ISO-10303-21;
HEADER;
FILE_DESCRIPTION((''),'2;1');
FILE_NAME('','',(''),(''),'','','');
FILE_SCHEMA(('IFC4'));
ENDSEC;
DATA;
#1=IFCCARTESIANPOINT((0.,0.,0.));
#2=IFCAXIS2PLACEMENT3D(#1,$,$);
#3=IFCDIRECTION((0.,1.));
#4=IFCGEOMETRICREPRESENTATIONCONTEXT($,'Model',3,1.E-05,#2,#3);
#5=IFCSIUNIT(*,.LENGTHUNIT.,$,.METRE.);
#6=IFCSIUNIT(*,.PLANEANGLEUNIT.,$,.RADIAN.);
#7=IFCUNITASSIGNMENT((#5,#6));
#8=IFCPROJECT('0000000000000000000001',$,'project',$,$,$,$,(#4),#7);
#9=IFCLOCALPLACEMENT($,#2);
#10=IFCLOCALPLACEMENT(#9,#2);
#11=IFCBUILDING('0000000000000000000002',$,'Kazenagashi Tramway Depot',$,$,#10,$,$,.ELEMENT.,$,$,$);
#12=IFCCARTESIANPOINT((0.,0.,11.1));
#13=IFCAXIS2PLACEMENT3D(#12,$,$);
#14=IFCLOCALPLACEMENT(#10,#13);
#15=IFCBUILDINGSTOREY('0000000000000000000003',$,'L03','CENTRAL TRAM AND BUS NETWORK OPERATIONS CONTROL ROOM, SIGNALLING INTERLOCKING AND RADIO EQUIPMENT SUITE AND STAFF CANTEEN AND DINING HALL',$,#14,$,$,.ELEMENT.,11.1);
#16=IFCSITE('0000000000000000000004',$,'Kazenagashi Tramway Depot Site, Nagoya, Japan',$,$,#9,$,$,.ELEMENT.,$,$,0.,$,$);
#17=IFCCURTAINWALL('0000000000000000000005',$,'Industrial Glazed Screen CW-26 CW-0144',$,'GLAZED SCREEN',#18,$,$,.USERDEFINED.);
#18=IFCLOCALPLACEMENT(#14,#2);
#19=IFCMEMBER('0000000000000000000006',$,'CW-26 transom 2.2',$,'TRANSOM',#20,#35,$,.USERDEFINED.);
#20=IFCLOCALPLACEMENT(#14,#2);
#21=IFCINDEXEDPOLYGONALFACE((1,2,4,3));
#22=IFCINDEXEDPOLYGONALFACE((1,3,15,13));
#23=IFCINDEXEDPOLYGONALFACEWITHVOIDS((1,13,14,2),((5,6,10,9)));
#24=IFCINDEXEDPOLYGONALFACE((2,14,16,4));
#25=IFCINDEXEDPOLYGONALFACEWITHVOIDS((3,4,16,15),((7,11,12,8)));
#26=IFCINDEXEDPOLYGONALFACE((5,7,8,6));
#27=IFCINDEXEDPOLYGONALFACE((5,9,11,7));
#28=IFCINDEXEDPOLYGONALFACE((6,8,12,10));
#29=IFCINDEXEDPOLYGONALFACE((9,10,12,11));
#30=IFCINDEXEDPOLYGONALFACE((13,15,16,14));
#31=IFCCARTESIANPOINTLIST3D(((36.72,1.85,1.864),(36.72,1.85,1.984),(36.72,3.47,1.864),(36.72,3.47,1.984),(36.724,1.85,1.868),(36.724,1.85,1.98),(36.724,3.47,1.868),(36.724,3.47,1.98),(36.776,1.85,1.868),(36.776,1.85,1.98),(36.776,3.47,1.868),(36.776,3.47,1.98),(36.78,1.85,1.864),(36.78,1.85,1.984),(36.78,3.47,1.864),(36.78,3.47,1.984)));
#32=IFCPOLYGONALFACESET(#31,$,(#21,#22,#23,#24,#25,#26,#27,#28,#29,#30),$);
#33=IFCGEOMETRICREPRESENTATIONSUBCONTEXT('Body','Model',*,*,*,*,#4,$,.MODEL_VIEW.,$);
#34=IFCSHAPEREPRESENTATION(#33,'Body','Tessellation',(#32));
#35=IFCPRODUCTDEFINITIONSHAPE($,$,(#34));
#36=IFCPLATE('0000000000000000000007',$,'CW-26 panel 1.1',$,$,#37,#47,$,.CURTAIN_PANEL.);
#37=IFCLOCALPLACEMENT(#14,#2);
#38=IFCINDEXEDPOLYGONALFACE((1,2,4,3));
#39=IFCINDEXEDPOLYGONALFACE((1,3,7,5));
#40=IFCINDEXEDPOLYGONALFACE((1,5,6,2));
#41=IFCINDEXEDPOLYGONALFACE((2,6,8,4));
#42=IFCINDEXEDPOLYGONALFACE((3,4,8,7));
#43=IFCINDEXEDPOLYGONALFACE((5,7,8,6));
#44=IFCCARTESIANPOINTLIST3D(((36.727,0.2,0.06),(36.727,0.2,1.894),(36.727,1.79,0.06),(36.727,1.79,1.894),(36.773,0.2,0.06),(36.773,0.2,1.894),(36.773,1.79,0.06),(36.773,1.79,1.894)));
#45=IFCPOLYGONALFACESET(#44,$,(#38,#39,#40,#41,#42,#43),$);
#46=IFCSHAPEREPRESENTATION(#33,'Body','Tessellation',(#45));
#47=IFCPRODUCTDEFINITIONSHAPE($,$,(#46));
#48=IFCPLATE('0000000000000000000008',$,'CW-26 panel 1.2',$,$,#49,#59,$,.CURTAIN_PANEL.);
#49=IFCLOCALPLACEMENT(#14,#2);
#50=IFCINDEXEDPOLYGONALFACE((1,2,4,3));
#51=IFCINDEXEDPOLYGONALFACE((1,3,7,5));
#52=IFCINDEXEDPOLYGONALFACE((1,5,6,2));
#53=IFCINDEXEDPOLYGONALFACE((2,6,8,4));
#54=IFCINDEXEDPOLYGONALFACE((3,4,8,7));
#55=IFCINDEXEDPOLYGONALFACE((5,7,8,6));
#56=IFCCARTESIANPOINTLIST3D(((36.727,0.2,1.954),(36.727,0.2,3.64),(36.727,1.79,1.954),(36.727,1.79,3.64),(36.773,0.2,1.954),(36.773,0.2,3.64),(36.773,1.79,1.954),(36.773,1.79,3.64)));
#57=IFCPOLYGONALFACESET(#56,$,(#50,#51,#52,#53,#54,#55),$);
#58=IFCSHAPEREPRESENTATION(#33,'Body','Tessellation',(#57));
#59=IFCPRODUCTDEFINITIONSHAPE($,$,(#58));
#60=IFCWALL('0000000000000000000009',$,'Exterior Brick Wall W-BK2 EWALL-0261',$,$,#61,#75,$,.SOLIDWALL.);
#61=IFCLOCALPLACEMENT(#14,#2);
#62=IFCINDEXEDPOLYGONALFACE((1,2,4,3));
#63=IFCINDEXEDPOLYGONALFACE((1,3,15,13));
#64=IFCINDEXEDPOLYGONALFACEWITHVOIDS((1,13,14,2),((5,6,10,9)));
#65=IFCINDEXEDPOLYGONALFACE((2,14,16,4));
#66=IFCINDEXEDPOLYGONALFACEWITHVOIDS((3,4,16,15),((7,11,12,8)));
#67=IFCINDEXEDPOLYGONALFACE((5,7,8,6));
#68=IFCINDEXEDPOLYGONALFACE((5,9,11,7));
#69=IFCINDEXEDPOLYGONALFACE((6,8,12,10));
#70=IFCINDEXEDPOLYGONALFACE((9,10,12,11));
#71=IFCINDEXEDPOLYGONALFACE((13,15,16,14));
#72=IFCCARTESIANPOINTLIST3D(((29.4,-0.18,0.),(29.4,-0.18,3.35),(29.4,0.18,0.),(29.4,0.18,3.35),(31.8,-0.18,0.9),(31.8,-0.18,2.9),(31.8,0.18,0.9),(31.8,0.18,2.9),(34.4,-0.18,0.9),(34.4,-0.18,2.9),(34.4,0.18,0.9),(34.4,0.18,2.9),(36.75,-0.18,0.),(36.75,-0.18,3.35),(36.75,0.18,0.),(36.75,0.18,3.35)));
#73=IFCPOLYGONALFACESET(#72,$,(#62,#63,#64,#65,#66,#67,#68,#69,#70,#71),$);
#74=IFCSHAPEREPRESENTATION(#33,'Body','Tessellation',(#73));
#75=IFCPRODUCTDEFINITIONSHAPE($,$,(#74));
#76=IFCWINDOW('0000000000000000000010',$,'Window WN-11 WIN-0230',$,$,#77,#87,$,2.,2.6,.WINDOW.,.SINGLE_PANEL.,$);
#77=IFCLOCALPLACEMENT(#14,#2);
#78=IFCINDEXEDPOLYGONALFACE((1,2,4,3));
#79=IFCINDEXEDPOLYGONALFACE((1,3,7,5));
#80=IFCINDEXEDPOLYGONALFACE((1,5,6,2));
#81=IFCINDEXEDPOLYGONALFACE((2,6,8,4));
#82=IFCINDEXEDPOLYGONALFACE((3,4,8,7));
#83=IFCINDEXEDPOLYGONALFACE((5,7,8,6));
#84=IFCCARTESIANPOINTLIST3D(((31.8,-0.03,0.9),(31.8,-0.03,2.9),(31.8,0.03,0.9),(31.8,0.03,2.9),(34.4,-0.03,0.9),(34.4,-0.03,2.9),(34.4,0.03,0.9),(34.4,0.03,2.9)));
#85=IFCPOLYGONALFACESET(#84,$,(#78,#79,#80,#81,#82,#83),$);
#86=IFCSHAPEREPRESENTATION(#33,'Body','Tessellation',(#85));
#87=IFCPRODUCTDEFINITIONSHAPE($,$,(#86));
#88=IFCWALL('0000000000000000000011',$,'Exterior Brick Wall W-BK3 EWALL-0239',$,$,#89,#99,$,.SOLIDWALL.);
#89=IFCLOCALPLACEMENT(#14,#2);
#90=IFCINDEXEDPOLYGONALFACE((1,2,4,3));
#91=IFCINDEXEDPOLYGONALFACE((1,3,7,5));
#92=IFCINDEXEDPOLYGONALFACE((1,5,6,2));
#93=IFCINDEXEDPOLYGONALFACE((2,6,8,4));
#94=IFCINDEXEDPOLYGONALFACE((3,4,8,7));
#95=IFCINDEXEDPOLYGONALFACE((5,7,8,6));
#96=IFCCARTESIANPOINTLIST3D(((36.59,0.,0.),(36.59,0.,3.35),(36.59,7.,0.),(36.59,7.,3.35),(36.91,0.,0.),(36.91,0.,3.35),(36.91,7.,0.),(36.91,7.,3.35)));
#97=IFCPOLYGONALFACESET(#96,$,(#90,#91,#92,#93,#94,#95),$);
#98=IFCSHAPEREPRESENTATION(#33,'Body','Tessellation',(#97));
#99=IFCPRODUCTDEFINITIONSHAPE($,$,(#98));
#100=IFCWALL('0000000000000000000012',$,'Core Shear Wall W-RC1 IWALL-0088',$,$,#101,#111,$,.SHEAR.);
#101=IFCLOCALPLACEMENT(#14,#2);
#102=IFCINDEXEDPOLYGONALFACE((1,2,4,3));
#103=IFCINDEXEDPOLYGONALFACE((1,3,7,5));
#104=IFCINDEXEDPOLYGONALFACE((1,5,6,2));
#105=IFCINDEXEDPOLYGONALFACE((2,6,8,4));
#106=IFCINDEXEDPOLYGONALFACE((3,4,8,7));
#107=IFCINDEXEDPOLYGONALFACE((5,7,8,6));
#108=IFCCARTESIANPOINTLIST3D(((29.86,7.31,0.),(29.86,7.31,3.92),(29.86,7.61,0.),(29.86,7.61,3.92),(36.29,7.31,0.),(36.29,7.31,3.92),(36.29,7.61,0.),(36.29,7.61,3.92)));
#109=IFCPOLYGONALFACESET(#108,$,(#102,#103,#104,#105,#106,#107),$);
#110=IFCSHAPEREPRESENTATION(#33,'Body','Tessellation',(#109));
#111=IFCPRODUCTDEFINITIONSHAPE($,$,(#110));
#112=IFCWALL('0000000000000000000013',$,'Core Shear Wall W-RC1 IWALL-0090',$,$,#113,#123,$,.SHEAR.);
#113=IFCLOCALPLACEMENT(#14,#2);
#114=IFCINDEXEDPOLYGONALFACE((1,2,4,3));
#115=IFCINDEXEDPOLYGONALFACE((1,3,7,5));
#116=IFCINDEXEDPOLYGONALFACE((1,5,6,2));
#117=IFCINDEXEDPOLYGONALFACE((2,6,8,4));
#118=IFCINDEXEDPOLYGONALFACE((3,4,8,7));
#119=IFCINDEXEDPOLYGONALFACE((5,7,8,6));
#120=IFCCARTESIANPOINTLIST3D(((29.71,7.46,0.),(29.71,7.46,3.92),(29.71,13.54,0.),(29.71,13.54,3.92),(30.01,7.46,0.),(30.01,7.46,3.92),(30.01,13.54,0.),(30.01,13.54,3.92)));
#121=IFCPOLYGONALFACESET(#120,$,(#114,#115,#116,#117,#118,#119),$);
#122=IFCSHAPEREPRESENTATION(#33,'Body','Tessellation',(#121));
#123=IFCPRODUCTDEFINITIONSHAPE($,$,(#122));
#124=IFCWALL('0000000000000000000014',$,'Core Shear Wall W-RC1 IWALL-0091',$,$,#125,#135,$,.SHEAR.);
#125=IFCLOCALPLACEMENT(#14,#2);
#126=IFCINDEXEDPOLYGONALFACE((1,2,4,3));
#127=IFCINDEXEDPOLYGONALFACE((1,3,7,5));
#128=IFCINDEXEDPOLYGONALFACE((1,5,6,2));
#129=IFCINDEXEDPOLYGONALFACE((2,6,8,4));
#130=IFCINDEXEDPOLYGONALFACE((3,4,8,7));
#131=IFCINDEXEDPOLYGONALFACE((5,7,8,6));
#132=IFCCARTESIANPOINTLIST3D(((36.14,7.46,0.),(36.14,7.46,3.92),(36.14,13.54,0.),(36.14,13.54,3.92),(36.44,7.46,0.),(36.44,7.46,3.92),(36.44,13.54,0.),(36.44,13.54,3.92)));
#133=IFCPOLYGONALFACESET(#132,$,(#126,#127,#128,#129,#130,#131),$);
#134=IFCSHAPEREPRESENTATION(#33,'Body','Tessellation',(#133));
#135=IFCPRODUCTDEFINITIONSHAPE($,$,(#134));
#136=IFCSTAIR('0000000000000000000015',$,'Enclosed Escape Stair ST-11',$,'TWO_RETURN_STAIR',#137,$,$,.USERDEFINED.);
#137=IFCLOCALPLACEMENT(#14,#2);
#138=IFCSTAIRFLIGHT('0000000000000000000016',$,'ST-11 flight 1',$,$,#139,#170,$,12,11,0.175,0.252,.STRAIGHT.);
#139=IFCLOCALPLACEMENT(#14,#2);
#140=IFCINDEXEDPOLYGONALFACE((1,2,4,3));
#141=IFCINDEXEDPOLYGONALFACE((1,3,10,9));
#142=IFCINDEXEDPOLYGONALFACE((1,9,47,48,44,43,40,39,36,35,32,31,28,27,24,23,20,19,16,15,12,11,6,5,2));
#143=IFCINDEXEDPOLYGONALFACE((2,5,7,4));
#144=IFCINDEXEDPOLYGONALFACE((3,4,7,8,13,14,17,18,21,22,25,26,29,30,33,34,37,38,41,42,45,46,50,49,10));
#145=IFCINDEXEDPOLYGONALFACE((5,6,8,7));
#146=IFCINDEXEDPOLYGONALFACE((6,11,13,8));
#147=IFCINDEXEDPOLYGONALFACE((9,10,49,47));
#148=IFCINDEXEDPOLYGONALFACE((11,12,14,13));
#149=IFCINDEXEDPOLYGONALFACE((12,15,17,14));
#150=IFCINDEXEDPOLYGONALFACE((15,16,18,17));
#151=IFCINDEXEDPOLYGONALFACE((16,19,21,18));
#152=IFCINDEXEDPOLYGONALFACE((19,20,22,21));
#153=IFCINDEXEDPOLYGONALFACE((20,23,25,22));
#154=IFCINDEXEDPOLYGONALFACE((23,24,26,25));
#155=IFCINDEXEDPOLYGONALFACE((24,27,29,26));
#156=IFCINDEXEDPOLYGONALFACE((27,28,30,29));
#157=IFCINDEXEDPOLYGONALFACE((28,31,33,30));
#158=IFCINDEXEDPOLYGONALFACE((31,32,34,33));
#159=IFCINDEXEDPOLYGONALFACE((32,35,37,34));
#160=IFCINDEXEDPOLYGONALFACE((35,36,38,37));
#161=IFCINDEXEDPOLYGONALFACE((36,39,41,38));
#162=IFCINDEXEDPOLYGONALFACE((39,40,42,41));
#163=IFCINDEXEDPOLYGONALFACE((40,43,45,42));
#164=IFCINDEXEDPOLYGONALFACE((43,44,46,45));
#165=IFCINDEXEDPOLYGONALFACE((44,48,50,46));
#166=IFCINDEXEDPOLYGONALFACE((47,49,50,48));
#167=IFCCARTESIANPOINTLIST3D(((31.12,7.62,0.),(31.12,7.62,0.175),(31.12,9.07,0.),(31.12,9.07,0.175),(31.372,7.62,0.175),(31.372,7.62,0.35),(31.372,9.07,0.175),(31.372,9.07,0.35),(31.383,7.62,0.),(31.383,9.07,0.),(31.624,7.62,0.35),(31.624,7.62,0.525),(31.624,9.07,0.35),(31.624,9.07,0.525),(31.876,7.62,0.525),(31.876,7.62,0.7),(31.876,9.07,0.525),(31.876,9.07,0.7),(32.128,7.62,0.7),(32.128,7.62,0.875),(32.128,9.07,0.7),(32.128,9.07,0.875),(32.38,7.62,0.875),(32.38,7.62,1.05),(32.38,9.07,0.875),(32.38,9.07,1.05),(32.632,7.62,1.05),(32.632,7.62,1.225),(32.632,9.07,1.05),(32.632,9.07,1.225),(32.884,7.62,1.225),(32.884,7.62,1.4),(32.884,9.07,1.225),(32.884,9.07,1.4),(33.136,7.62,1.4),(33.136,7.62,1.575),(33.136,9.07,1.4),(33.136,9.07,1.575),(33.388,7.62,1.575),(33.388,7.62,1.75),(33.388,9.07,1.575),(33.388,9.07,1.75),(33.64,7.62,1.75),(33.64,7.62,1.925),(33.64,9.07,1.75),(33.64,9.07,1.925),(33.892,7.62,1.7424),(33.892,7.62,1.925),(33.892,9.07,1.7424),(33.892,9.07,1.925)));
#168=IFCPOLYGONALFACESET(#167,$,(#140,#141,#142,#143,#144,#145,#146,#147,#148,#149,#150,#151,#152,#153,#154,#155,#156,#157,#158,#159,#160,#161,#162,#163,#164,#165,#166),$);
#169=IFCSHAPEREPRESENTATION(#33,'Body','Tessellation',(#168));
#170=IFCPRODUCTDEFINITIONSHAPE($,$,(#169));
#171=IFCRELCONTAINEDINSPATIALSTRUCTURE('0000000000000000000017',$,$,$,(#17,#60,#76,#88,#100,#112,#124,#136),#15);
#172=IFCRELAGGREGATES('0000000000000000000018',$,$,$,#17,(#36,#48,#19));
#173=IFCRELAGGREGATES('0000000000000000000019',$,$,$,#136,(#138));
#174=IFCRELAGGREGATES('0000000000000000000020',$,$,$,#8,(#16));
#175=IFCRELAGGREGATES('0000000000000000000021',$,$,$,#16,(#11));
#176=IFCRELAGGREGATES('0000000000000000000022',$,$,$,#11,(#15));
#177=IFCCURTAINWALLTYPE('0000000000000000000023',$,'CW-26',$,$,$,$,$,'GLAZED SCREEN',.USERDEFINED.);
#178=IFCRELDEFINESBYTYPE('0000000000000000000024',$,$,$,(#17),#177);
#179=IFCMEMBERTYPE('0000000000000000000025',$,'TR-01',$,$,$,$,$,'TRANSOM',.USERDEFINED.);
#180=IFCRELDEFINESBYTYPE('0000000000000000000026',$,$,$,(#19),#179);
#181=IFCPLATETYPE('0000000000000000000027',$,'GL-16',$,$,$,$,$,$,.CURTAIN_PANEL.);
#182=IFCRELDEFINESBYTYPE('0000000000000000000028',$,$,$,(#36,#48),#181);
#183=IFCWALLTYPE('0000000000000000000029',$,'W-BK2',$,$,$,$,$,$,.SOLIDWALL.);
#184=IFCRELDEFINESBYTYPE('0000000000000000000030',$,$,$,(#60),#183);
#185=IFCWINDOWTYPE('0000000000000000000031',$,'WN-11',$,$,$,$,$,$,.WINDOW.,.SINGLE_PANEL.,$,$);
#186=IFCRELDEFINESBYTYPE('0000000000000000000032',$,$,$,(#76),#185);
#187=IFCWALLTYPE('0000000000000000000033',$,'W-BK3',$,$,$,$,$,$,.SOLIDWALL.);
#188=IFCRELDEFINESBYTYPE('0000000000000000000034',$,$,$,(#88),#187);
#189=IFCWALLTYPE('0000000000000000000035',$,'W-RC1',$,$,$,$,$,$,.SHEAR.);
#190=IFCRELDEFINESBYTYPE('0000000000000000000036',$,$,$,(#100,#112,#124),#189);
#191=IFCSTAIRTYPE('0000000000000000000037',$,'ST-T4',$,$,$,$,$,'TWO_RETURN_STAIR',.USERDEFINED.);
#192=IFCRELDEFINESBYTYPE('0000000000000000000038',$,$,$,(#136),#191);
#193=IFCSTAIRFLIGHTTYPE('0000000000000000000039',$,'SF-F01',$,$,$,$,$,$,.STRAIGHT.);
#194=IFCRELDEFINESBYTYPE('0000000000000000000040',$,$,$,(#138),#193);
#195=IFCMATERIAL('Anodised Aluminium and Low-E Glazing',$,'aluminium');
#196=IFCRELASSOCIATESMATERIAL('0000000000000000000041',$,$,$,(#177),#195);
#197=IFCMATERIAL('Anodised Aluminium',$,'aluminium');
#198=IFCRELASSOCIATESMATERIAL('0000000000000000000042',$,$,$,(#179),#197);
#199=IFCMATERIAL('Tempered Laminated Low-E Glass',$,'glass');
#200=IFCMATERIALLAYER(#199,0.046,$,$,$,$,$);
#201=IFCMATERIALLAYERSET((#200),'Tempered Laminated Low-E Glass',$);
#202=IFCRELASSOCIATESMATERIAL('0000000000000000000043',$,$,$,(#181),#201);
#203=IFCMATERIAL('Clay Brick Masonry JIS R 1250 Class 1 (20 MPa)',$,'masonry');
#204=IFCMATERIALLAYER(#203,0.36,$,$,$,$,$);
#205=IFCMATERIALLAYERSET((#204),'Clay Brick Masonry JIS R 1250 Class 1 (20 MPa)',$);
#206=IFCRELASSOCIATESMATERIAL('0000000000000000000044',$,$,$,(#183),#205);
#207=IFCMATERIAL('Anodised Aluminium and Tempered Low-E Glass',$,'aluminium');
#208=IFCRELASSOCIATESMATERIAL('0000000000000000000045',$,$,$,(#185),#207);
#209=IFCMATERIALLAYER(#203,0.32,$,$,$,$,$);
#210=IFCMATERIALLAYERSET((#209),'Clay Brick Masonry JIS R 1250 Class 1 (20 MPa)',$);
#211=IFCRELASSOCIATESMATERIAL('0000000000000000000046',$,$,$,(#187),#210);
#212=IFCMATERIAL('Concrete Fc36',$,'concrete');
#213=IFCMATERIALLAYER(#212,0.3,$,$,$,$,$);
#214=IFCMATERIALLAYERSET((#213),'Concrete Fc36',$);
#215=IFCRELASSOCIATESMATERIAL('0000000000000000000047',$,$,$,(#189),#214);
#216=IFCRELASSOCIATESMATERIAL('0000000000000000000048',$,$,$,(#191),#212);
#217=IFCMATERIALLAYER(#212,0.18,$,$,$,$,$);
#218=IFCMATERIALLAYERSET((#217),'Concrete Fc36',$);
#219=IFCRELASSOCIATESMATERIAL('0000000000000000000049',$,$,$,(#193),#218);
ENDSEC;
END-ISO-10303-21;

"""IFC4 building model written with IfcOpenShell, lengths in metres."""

from ifc_helpers import new_model, si_unit, direction, frame, frame_2d, origin, origin_2d, place, context, subcontext, project, spatial, polyline, rectangle, hollow_rectangle, outline, extrude, material, layer, layer_set, material_profile, profile_set, type_object, element, fill, aggregate, save


model = new_model("IFC4")

# Units and contexts
model_context = context("Model", 3, precision=1e-05, world=origin(), true_north=direction((0.0, 1.0)))
body_context = subcontext(model_context, "Body", "Model", "MODEL_VIEW")
ifc_project = project(units=[si_unit("LENGTHUNIT", "METRE"), si_unit("PLANEANGLEUNIT", "RADIAN")], contexts=[model_context])

# Site, building, storey
site_placement = place(None, origin())
site = spatial("IfcSite", under=ifc_project, at=site_placement, Name="Kazenagashi Tramway Depot Site, Nagoya, Japan", CompositionType="ELEMENT", RefElevation=0.0)
building_placement = place(site_placement, origin())
building = spatial("IfcBuilding", under=site, at=building_placement, Name="Kazenagashi Tramway Depot", CompositionType="ELEMENT")
storey_placement = place(building_placement, frame((0.0, 0.0, 11.1)))
storey = spatial("IfcBuildingStorey", under=building, at=storey_placement, Name="L03", Description="CENTRAL TRAM AND BUS NETWORK OPERATIONS CONTROL ROOM, SIGNALLING INTERLOCKING AND RADIO EQUIPMENT SUITE AND STAFF CANTEEN AND DINING HALL", CompositionType="ELEMENT", Elevation=11.1)

# Curtain wall
ifc_material_1 = material(Name="Anodised Aluminium and Low-E Glazing", Category="aluminium")
curtain_wall_type = type_object("IfcCurtainWallType", Name="CW-26", ElementType="GLAZED SCREEN", PredefinedType="USERDEFINED", material=ifc_material_1)
curtain_wall_placement = place(storey_placement, origin())
curtain_wall = element("IfcCurtainWall", 1, at=curtain_wall_placement, inside=storey, type_object=curtain_wall_type, Name="Industrial Glazed Screen CW-26 CW-0144", ObjectType="GLAZED SCREEN", PredefinedType="USERDEFINED")
ifc_material_2 = material(Name="Anodised Aluminium", Category="aluminium")

# Member
ifc_material_profile_1 = material_profile(ifc_material_2, hollow_rectangle(XDim=0.06, YDim=0.12, WallThickness=0.004, at=origin_2d()), Name="RHS-120x60x4")
ifc_profile_set_1 = profile_set([ifc_material_profile_1], Name="Anodised Aluminium")
member_type_1 = type_object("IfcMemberType", Name="TR-01", ElementType="TRANSOM", PredefinedType="USERDEFINED", material=ifc_profile_set_1)
member_1_placement = place(storey_placement, frame((36.75, 1.85, 1.924), z_axis=(0.0, 1.0, 0.0), x_axis=(-1.0, 0.0, 0.0)))
member_1 = element("IfcMember", 2, at=member_1_placement, type_object=member_type_1, Name="CW-26 transom 2.2", ObjectType="TRANSOM", PredefinedType="USERDEFINED", context=body_context, shape_type="SweptSolid", body=[
    extrude(hollow_rectangle(XDim=0.06, YDim=0.12, WallThickness=0.004, at=origin_2d()), origin(), (0.0, 0.0, 1.0), 1.62),
])

# Plates
ifc_material_3 = material(Name="Tempered Laminated Low-E Glass", Category="glass")
ifc_layer_1 = layer(ifc_material_3, 0.046)
ifc_layer_set_1 = layer_set([ifc_layer_1], Name="Tempered Laminated Low-E Glass")
plate_type = type_object("IfcPlateType", Name="GL-16", PredefinedType="CURTAIN_PANEL", material=ifc_layer_set_1)
plate_1_placement = place(storey_placement, frame((36.75, 0.995, 0.06), z_axis=(0.0, 0.0, 1.0), x_axis=(0.0, 1.0, 0.0)))
plate_1 = element("IfcPlate", 3, at=plate_1_placement, type_object=plate_type, Name="CW-26 panel 1.1", PredefinedType="CURTAIN_PANEL", context=body_context, shape_type="SweptSolid", body=[
    extrude(rectangle(XDim=1.59, YDim=0.046, at=origin_2d()), origin(), (0.0, 0.0, 1.0), 1.834),
])
plate_2_placement = place(storey_placement, frame((36.75, 0.995, 1.954), z_axis=(0.0, 0.0, 1.0), x_axis=(0.0, 1.0, 0.0)))
plate_2 = element("IfcPlate", 4, at=plate_2_placement, type_object=plate_type, Name="CW-26 panel 1.2", PredefinedType="CURTAIN_PANEL", context=body_context, shape_type="SweptSolid", body=[
    extrude(rectangle(XDim=1.59, YDim=0.046, at=origin_2d()), origin(), (0.0, 0.0, 1.0), 1.686),
])
aggregate(curtain_wall, [plate_1, plate_2, member_1])

# Wall, opening, window
ifc_material_4 = material(Name="Clay Brick Masonry JIS R 1250 Class 1 (20 MPa)", Category="masonry")
ifc_layer_2 = layer(ifc_material_4, 0.36)
ifc_layer_set_2 = layer_set([ifc_layer_2], Name="Clay Brick Masonry JIS R 1250 Class 1 (20 MPa)")
wall_type_1 = type_object("IfcWallType", Name="W-BK2", PredefinedType="SOLIDWALL", material=ifc_layer_set_2)
wall_1_placement = place(storey_placement, frame((29.4, 0.0, 0.0), z_axis=(0.0, 0.0, 1.0), x_axis=(1.0, 0.0, 0.0)))
wall_1 = element("IfcWall", 5, at=wall_1_placement, inside=storey, type_object=wall_type_1, Name="Exterior Brick Wall W-BK2 EWALL-0261", PredefinedType="SOLIDWALL", context=body_context, shape_type="SweptSolid", body=[
    extrude(rectangle(XDim=7.35, YDim=0.36, at=frame_2d((3.675, 0.0))), origin(), (0.0, 0.0, 1.0), 3.35),
])
opening_placement = place(wall_1_placement, frame((2.4, 0.0, 0.9)))
opening = element("IfcOpeningElement", 6, at=opening_placement, cuts=wall_1, PredefinedType="OPENING", context=body_context, shape_type="SweptSolid", body=[
    extrude(rectangle(XDim=2.6, YDim=2.0, at=frame_2d((1.3, 1.0))), frame((0.0, 0.19, 0.0), z_axis=(0.0, -1.0, 0.0), x_axis=(1.0, 0.0, 0.0)), (0.0, 0.0, 1.0), 0.38),
])
ifc_material_5 = material(Name="Anodised Aluminium and Tempered Low-E Glass", Category="aluminium")
window_type = type_object("IfcWindowType", Name="WN-11", PartitioningType="SINGLE_PANEL", PredefinedType="WINDOW", material=ifc_material_5)
window_placement = place(opening_placement, origin())
window = element("IfcWindow", 7, at=window_placement, inside=storey, type_object=window_type, Name="Window WN-11 WIN-0230", OverallHeight=2.0, OverallWidth=2.6, PartitioningType="SINGLE_PANEL", PredefinedType="WINDOW", context=body_context, shape_type="SweptSolid", body=[
    extrude(rectangle(XDim=2.6, YDim=2.0, at=frame_2d((1.3, 1.0))), frame((0.0, 0.03, 0.0), z_axis=(0.0, -1.0, 0.0), x_axis=(1.0, 0.0, 0.0)), (0.0, 0.0, 1.0), 0.06),
])
fill(opening, window)

# Walls
ifc_layer_3 = layer(ifc_material_4, 0.32)
ifc_layer_set_3 = layer_set([ifc_layer_3], Name="Clay Brick Masonry JIS R 1250 Class 1 (20 MPa)")
wall_type_2 = type_object("IfcWallType", Name="W-BK3", PredefinedType="SOLIDWALL", material=ifc_layer_set_3)
wall_2_placement = place(storey_placement, frame((36.75, 0.0, 0.0), z_axis=(0.0, 0.0, 1.0), x_axis=(0.0, 1.0, 0.0)))
element("IfcWall", 8, at=wall_2_placement, inside=storey, type_object=wall_type_2, Name="Exterior Brick Wall W-BK3 EWALL-0239", PredefinedType="SOLIDWALL", context=body_context, shape_type="SweptSolid", body=[
    extrude(rectangle(XDim=7.0, YDim=0.32, at=frame_2d((3.5, 0.0))), origin(), (0.0, 0.0, 1.0), 3.35),
])
ifc_material_6 = material(Name="Concrete Fc36", Category="concrete")
ifc_layer_4 = layer(ifc_material_6, 0.3)
ifc_layer_set_4 = layer_set([ifc_layer_4], Name="Concrete Fc36")
wall_type_3 = type_object("IfcWallType", Name="W-RC1", PredefinedType="SHEAR", material=ifc_layer_set_4)
wall_3_placement = place(storey_placement, frame((29.86, 7.46, 0.0), z_axis=(0.0, 0.0, 1.0), x_axis=(1.0, 0.0, 0.0)))
element("IfcWall", 9, at=wall_3_placement, inside=storey, type_object=wall_type_3, Name="Core Shear Wall W-RC1 IWALL-0088", PredefinedType="SHEAR", context=body_context, shape_type="SweptSolid", body=[
    extrude(rectangle(XDim=6.43, YDim=0.3, at=frame_2d((3.215, 0.0))), origin(), (0.0, 0.0, 1.0), 3.92),
])
for number, where, z_axis, x_axis, name in (
    (10, (29.86, 7.46, 0.0), (0.0, 0.0, 1.0), (0.0, 1.0, 0.0), "Core Shear Wall W-RC1 IWALL-0090"),
    (11, (36.29, 7.46, 0.0), (0.0, 0.0, 1.0), (0.0, 1.0, 0.0), "Core Shear Wall W-RC1 IWALL-0091"),
):
    element("IfcWall", number, at=place(storey_placement, frame(where, z_axis=z_axis, x_axis=x_axis)), inside=storey, type_object=wall_type_3, Name=name, PredefinedType="SHEAR", context=body_context, shape_type="SweptSolid", body=[
        extrude(rectangle(XDim=6.08, YDim=0.3, at=frame_2d((3.04, 0.0))), origin(), (0.0, 0.0, 1.0), 3.92),
    ])

# Stair, stair flight
stair_type = type_object("IfcStairType", Name="ST-T4", ElementType="TWO_RETURN_STAIR", PredefinedType="USERDEFINED", material=ifc_material_6)
stair_placement = place(storey_placement, origin())
stair = element("IfcStair", 12, at=stair_placement, inside=storey, type_object=stair_type, Name="Enclosed Escape Stair ST-11", ObjectType="TWO_RETURN_STAIR", PredefinedType="USERDEFINED")
ifc_layer_5 = layer(ifc_material_6, 0.18)
ifc_layer_set_5 = layer_set([ifc_layer_5], Name="Concrete Fc36")
stair_flight_type = type_object("IfcStairFlightType", Name="SF-F01", PredefinedType="STRAIGHT", material=ifc_layer_set_5)
stair_flight_placement = place(storey_placement, frame((31.12, 8.345, 0.0), z_axis=(0.0, 0.0, 1.0), x_axis=(1.0, 0.0, 0.0)))
stair_flight = element("IfcStairFlight", 13, at=stair_flight_placement, type_object=stair_flight_type, Name="ST-11 flight 1", NumberOfRisers=12, NumberOfTreads=11, PredefinedType="STRAIGHT", RiserHeight=0.175, TreadLength=0.252, context=body_context, shape_type="SweptSolid", body=[
    extrude(outline(polyline([(0.0, 0.0), (0.0, 0.175), (0.252, 0.175), (0.252, 0.35), (0.504, 0.35), (0.504, 0.525), (0.756, 0.525), (0.756, 0.7), (1.008, 0.7), (1.008, 0.875), (1.26, 0.875), (1.26, 1.05), (1.512, 1.05), (1.512, 1.225), (1.764, 1.225), (1.764, 1.4), (2.016, 1.4), (2.016, 1.575), (2.268, 1.575), (2.268, 1.75), (2.52, 1.75), (2.52, 1.925), (2.772, 1.925), (2.772, 2.1), (2.772, 1.7424), (0.263, 0.0), (0.0, 0.0)])), frame((0.0, 0.725, 0.0), z_axis=(0.0, -1.0, 0.0), x_axis=(1.0, 0.0, 0.0)), (0.0, 0.0, 1.0), 1.45),
])
aggregate(stair, [stair_flight])

save(model, "model.ifc")
